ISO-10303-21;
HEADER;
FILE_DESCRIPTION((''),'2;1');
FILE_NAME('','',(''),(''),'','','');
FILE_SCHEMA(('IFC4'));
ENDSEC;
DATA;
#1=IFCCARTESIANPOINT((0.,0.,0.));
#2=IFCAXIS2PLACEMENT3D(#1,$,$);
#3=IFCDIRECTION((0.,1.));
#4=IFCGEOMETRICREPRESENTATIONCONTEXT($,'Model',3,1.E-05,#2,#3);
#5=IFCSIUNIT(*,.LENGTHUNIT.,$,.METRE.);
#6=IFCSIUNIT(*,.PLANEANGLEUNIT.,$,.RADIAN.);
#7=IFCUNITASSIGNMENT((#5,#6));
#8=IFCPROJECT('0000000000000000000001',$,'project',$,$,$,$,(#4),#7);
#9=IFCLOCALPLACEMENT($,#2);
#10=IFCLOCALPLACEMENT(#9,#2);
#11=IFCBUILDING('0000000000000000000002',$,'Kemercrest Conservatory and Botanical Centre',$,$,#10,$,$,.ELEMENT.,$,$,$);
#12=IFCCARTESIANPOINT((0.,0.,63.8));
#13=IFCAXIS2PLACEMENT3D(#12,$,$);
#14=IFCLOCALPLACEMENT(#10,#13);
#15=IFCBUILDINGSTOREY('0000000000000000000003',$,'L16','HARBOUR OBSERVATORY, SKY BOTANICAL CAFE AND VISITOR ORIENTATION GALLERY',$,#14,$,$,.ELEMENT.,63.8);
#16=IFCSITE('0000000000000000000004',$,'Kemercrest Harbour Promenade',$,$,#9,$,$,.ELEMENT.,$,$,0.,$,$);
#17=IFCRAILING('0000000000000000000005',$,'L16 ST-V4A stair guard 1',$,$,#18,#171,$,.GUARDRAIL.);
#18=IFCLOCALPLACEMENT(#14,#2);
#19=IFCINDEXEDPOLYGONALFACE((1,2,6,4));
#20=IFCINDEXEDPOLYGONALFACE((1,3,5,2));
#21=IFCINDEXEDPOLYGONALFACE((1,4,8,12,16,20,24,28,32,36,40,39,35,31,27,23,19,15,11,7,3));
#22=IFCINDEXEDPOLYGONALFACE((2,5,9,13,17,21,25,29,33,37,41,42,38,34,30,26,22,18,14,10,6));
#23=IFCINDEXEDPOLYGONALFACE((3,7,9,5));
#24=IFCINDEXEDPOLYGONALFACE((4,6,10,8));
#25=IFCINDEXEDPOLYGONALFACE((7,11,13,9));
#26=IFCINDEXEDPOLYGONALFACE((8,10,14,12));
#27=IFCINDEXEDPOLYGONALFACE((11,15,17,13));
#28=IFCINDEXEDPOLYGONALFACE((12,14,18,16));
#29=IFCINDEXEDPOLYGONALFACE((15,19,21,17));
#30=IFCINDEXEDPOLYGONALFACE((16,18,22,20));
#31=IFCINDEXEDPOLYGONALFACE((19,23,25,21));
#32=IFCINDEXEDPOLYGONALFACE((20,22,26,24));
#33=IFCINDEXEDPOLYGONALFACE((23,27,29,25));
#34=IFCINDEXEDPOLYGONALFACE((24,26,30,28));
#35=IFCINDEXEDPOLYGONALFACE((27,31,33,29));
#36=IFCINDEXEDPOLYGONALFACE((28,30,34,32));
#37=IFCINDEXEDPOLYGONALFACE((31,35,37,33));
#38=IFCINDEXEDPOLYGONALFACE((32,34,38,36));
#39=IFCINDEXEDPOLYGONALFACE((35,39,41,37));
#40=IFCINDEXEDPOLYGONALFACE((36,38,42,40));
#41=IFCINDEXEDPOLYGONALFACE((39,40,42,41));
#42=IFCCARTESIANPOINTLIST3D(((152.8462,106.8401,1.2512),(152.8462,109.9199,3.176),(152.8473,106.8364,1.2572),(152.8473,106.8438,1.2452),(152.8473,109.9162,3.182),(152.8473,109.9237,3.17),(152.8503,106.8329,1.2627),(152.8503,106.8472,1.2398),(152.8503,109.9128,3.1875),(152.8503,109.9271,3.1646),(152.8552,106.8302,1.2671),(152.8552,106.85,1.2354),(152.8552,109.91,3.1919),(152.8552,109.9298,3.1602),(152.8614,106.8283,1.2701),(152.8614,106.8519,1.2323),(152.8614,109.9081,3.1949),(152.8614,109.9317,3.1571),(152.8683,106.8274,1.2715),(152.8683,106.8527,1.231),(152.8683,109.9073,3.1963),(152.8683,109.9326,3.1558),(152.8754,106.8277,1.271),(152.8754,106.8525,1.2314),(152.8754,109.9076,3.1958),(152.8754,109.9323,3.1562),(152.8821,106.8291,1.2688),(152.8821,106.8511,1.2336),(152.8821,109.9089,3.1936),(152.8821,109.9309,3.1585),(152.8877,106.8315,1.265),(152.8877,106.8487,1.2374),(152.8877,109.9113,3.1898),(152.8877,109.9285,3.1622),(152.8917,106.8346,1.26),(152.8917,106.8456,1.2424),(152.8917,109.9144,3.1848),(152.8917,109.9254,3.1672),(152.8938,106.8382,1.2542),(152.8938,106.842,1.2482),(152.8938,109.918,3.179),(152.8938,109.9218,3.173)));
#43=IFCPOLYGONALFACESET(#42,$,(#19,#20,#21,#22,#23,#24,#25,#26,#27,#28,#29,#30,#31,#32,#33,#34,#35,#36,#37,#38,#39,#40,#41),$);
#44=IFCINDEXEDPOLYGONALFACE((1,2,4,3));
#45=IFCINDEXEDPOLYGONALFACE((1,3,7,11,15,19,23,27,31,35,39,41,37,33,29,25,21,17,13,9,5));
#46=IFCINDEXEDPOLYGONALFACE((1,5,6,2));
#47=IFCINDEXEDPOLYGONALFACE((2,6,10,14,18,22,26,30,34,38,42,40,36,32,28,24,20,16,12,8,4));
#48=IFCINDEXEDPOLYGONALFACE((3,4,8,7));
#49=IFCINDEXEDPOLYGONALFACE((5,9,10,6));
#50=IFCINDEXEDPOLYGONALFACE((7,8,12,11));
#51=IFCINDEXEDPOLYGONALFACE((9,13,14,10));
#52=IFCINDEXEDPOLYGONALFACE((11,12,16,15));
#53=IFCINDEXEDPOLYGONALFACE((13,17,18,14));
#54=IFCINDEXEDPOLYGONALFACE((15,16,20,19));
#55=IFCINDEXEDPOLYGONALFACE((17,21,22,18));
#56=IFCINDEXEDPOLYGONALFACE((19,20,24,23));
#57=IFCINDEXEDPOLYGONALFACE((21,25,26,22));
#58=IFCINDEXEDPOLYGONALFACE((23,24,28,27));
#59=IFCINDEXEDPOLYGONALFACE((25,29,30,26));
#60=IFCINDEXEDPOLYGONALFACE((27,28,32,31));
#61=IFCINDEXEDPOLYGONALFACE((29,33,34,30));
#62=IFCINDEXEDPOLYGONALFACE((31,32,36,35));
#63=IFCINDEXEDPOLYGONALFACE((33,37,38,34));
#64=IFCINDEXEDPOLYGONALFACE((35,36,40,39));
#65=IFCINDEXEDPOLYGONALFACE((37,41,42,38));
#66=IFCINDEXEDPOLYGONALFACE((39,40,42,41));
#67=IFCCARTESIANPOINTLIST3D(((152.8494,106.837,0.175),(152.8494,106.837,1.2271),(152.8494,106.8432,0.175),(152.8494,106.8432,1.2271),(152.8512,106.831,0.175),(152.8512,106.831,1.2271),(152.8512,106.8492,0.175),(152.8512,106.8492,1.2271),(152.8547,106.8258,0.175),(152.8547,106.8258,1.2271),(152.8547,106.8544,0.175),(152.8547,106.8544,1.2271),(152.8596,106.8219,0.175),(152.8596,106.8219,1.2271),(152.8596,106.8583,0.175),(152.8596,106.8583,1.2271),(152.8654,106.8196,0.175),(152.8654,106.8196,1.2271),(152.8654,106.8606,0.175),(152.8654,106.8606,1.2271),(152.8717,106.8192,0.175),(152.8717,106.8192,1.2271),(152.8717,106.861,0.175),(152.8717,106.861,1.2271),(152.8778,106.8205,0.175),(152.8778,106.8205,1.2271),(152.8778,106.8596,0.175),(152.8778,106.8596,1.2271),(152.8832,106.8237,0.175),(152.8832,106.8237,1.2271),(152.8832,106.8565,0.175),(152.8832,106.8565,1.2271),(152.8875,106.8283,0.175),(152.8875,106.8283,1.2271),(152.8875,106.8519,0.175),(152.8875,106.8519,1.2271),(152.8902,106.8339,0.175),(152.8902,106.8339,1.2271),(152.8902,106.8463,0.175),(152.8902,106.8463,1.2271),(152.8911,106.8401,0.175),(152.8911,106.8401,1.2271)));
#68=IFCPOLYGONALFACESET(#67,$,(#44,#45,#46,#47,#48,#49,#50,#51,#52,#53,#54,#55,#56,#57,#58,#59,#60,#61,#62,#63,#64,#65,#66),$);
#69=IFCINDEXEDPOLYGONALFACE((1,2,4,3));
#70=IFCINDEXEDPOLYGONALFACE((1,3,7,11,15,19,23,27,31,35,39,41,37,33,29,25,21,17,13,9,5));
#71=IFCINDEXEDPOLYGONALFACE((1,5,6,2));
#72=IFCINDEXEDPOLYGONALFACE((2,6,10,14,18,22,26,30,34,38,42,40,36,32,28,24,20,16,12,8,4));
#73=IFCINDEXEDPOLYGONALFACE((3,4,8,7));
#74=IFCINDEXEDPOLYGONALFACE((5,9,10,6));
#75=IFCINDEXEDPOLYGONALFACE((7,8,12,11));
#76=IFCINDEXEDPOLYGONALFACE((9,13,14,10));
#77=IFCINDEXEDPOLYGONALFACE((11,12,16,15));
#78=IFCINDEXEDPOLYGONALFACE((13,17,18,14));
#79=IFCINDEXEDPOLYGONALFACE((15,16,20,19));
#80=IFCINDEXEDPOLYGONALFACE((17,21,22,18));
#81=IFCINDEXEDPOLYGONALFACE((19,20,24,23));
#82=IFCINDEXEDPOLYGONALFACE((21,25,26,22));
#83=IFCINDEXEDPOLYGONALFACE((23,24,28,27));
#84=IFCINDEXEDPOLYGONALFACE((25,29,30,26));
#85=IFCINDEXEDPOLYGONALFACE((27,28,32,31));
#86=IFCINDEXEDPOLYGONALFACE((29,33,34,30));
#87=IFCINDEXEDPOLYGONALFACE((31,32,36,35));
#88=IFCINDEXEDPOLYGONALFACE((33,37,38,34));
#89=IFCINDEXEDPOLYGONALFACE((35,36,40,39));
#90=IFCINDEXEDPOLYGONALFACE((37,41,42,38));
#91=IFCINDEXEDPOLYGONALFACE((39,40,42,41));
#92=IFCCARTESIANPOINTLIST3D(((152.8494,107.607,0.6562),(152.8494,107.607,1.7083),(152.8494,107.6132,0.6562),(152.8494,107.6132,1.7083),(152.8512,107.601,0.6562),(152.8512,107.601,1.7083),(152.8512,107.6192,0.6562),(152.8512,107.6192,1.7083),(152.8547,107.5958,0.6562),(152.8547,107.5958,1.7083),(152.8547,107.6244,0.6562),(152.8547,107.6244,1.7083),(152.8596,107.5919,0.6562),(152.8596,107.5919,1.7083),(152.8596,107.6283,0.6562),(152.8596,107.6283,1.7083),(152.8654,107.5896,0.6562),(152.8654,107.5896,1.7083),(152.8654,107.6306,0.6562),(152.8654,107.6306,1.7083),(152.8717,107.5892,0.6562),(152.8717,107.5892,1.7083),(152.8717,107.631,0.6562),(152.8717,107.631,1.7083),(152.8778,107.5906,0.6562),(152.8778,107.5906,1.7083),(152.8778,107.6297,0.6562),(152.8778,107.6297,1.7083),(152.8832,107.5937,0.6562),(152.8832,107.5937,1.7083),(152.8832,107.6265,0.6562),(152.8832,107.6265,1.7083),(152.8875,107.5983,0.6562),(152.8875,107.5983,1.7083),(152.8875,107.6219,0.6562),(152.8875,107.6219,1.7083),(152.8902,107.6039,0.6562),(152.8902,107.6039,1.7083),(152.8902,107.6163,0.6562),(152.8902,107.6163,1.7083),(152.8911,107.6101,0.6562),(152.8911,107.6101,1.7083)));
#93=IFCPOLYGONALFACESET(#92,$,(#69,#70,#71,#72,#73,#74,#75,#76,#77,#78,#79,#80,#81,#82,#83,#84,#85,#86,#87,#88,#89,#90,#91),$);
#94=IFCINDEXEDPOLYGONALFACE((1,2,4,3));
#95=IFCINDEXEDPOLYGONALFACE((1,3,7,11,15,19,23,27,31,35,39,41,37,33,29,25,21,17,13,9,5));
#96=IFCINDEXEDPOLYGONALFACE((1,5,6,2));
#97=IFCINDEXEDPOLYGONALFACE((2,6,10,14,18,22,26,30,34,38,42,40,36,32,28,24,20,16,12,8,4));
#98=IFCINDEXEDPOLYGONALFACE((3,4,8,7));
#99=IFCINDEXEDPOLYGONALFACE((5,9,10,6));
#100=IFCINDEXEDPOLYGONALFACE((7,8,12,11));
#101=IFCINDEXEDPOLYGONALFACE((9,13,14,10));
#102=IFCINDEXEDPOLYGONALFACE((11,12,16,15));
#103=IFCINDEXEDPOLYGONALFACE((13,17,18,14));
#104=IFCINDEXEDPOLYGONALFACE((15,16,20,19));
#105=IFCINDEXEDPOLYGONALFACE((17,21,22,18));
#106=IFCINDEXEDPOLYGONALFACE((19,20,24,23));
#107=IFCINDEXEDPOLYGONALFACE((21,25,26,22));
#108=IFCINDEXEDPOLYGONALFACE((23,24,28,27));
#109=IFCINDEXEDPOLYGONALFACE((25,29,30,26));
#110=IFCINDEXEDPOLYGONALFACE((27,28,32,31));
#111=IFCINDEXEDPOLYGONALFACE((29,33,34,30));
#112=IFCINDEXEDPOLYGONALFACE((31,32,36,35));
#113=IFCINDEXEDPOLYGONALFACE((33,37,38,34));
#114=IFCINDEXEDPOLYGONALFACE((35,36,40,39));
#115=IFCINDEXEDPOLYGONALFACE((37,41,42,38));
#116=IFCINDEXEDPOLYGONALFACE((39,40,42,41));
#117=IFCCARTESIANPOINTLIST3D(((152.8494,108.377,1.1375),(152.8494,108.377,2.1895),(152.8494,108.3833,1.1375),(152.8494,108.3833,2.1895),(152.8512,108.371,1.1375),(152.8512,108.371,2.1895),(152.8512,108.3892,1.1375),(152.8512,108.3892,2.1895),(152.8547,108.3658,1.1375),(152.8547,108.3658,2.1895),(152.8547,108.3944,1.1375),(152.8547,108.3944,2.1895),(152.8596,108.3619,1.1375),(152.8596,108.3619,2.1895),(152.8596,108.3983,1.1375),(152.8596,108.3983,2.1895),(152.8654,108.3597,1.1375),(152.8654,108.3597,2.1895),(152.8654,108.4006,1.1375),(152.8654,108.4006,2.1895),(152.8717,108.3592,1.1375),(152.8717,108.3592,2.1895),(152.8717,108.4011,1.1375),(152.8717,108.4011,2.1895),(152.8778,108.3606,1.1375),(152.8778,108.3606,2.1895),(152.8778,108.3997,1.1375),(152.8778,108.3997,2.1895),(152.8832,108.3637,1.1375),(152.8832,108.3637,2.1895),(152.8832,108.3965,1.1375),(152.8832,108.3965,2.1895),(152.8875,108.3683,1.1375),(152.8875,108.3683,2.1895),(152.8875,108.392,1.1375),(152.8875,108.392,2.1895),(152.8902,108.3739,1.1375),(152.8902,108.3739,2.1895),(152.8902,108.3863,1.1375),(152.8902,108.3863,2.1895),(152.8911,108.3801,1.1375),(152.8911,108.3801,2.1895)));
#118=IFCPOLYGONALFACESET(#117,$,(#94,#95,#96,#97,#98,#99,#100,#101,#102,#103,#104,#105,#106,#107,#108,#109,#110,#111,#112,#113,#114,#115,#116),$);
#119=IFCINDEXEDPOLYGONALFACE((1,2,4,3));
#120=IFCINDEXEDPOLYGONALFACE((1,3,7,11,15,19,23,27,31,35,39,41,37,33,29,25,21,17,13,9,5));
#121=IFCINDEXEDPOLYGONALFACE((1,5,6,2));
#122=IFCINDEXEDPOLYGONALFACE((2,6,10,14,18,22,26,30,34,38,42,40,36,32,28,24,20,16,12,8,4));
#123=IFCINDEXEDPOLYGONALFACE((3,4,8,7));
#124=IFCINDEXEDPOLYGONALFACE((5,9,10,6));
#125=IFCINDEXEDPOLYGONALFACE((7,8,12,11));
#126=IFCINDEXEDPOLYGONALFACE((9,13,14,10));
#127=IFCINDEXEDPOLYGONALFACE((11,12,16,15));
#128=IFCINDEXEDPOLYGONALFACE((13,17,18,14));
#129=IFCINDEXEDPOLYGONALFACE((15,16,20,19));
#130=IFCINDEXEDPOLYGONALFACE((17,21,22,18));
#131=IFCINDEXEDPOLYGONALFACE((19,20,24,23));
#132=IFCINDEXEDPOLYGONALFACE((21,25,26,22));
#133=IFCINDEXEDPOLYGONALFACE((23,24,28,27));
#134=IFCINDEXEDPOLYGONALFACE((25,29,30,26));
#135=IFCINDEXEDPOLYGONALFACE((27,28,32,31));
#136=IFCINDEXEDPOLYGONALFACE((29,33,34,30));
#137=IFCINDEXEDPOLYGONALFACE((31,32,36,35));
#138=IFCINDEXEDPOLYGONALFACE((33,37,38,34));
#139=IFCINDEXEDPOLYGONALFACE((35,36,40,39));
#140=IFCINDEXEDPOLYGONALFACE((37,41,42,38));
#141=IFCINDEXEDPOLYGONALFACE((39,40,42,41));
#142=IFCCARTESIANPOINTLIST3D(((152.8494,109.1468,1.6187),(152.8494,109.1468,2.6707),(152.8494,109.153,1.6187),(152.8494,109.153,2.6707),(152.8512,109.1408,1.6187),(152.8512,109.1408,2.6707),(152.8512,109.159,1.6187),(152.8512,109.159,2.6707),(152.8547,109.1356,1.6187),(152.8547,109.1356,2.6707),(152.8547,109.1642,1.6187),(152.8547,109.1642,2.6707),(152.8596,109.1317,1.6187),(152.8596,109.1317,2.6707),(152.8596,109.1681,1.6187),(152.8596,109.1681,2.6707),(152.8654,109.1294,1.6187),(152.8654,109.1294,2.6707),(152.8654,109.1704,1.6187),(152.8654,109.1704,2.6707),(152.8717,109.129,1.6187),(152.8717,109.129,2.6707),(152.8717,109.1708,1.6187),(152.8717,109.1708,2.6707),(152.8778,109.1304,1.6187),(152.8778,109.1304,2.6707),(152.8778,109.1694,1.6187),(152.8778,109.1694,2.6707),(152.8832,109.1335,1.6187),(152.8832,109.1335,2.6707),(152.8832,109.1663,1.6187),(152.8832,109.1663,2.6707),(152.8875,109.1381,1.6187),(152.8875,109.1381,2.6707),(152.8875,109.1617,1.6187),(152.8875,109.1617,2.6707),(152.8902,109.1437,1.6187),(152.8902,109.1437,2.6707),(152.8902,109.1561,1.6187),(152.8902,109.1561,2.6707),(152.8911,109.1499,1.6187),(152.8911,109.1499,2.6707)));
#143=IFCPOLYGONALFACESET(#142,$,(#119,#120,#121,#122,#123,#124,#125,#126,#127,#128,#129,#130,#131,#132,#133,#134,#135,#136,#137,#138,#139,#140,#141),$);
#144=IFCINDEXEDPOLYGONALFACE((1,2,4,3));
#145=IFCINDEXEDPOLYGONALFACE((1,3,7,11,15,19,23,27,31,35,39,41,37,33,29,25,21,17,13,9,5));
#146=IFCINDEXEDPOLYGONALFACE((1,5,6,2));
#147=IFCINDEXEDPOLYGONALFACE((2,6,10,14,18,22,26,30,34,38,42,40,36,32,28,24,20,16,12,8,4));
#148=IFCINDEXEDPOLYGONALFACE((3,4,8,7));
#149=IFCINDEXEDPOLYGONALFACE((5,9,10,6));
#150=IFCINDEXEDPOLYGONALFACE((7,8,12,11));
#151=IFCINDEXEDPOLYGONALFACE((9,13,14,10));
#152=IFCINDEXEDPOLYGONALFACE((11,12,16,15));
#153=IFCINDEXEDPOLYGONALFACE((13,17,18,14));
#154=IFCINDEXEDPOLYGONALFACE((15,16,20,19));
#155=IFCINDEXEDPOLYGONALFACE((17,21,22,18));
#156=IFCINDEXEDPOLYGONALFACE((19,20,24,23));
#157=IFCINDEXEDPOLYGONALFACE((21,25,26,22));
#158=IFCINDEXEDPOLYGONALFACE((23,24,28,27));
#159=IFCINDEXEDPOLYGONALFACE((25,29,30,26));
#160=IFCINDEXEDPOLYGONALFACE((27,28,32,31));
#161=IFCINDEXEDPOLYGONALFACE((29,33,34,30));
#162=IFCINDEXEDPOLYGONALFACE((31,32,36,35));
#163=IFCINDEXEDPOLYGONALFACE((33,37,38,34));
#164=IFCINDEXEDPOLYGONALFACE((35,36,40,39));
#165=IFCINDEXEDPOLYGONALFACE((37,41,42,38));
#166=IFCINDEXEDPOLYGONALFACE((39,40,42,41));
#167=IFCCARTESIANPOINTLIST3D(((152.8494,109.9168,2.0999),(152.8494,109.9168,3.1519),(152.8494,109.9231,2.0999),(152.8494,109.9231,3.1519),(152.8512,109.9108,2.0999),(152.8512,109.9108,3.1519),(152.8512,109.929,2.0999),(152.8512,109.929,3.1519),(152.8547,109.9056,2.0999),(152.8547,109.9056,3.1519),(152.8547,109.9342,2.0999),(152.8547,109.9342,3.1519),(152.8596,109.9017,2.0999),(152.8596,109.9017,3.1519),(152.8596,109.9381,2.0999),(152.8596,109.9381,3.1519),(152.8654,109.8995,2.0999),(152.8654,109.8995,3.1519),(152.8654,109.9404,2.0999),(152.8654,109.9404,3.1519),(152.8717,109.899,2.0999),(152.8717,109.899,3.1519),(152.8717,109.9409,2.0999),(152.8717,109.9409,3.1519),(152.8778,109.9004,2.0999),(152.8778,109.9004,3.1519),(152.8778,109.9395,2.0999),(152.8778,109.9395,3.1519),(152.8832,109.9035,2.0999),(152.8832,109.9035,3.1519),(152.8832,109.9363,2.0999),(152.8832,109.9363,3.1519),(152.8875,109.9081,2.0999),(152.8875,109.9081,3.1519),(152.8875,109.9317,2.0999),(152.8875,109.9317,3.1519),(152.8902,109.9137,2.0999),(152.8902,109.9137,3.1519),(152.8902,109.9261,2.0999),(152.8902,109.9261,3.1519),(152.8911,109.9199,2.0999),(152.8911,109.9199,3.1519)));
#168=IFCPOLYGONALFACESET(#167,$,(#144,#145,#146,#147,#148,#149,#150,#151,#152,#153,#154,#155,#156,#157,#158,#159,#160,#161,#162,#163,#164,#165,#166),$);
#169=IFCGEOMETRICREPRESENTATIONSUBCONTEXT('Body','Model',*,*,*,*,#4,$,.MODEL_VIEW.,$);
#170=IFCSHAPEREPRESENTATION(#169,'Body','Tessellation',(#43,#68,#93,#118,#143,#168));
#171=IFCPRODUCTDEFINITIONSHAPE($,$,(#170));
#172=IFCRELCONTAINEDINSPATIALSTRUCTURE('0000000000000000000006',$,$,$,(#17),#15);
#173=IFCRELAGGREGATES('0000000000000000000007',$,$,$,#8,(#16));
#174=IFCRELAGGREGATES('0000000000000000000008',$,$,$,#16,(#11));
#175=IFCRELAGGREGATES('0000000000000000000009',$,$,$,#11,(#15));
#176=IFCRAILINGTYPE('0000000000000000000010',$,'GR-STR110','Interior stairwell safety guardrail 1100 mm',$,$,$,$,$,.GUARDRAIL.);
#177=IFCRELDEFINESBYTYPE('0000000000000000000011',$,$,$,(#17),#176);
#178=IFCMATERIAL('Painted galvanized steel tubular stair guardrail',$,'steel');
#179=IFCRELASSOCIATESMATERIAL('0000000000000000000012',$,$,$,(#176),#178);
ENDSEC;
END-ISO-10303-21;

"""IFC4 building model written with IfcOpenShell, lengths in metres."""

from ifc_helpers import new_model, si_unit, direction, frame, origin, origin_2d, place, context, subcontext, project, spatial, circle, extrude, material, type_object, element, save


model = new_model("IFC4")

# Units and contexts
model_context = context("Model", 3, precision=1e-05, world=origin(), true_north=direction((0.0, 1.0)))
body_context = subcontext(model_context, "Body", "Model", "MODEL_VIEW")
ifc_project = project(units=[si_unit("LENGTHUNIT", "METRE"), si_unit("PLANEANGLEUNIT", "RADIAN")], contexts=[model_context])

# Site, building, storey
site_placement = place(None, origin())
site = spatial("IfcSite", under=ifc_project, at=site_placement, Name="Kemercrest Harbour Promenade", CompositionType="ELEMENT", RefElevation=0.0)
building_placement = place(site_placement, origin())
building = spatial("IfcBuilding", under=site, at=building_placement, Name="Kemercrest Conservatory and Botanical Centre", CompositionType="ELEMENT")
storey_placement = place(building_placement, frame((0.0, 0.0, 63.8)))
storey = spatial("IfcBuildingStorey", under=building, at=storey_placement, Name="L16", Description="HARBOUR OBSERVATORY, SKY BOTANICAL CAFE AND VISITOR ORIENTATION GALLERY", CompositionType="ELEMENT", Elevation=63.8)

# Railing
ifc_material_1 = material(Name="Painted galvanized steel tubular stair guardrail", Category="steel")
railing_type_1 = type_object("IfcRailingType", Name="GR-STR110", Description="Interior stairwell safety guardrail 1100 mm", PredefinedType="GUARDRAIL", material=ifc_material_1)
railing_1_placement = place(storey_placement, frame((152.8701, 106.8401, 0.175)))
element("IfcRailing", 1, at=railing_1_placement, inside=storey, type_object=railing_type_1, Name="L16 ST-V4A stair guard 1", PredefinedType="GUARDRAIL", context=body_context, shape_type="SweptSolid", body=[
    extrude(circle(Radius=0.0239, at=origin_2d()), frame((0.0, 0.0, 1.0762), z_axis=(0.0, 0.84801, 0.529981), x_axis=(-1.0, 0.0, 0.0)), (0.0, 0.0, 1.0), 3.6318),
    extrude(circle(Radius=0.021, at=origin_2d()), origin(), (0.0, 0.0, 1.0), 1.052),
    extrude(circle(Radius=0.021, at=origin_2d()), frame((0.0, 0.77, 0.4812)), (0.0, 0.0, 1.0), 1.052),
    extrude(circle(Radius=0.021, at=origin_2d()), frame((0.0, 1.54, 0.9624)), (0.0, 0.0, 1.0), 1.052),
    extrude(circle(Radius=0.021, at=origin_2d()), frame((0.0, 2.3098, 1.4436)), (0.0, 0.0, 1.0), 1.052),
    extrude(circle(Radius=0.021, at=origin_2d()), frame((0.0, 3.0798, 1.9248)), (0.0, 0.0, 1.0), 1.052),
])

save(model, "model.ifc")
